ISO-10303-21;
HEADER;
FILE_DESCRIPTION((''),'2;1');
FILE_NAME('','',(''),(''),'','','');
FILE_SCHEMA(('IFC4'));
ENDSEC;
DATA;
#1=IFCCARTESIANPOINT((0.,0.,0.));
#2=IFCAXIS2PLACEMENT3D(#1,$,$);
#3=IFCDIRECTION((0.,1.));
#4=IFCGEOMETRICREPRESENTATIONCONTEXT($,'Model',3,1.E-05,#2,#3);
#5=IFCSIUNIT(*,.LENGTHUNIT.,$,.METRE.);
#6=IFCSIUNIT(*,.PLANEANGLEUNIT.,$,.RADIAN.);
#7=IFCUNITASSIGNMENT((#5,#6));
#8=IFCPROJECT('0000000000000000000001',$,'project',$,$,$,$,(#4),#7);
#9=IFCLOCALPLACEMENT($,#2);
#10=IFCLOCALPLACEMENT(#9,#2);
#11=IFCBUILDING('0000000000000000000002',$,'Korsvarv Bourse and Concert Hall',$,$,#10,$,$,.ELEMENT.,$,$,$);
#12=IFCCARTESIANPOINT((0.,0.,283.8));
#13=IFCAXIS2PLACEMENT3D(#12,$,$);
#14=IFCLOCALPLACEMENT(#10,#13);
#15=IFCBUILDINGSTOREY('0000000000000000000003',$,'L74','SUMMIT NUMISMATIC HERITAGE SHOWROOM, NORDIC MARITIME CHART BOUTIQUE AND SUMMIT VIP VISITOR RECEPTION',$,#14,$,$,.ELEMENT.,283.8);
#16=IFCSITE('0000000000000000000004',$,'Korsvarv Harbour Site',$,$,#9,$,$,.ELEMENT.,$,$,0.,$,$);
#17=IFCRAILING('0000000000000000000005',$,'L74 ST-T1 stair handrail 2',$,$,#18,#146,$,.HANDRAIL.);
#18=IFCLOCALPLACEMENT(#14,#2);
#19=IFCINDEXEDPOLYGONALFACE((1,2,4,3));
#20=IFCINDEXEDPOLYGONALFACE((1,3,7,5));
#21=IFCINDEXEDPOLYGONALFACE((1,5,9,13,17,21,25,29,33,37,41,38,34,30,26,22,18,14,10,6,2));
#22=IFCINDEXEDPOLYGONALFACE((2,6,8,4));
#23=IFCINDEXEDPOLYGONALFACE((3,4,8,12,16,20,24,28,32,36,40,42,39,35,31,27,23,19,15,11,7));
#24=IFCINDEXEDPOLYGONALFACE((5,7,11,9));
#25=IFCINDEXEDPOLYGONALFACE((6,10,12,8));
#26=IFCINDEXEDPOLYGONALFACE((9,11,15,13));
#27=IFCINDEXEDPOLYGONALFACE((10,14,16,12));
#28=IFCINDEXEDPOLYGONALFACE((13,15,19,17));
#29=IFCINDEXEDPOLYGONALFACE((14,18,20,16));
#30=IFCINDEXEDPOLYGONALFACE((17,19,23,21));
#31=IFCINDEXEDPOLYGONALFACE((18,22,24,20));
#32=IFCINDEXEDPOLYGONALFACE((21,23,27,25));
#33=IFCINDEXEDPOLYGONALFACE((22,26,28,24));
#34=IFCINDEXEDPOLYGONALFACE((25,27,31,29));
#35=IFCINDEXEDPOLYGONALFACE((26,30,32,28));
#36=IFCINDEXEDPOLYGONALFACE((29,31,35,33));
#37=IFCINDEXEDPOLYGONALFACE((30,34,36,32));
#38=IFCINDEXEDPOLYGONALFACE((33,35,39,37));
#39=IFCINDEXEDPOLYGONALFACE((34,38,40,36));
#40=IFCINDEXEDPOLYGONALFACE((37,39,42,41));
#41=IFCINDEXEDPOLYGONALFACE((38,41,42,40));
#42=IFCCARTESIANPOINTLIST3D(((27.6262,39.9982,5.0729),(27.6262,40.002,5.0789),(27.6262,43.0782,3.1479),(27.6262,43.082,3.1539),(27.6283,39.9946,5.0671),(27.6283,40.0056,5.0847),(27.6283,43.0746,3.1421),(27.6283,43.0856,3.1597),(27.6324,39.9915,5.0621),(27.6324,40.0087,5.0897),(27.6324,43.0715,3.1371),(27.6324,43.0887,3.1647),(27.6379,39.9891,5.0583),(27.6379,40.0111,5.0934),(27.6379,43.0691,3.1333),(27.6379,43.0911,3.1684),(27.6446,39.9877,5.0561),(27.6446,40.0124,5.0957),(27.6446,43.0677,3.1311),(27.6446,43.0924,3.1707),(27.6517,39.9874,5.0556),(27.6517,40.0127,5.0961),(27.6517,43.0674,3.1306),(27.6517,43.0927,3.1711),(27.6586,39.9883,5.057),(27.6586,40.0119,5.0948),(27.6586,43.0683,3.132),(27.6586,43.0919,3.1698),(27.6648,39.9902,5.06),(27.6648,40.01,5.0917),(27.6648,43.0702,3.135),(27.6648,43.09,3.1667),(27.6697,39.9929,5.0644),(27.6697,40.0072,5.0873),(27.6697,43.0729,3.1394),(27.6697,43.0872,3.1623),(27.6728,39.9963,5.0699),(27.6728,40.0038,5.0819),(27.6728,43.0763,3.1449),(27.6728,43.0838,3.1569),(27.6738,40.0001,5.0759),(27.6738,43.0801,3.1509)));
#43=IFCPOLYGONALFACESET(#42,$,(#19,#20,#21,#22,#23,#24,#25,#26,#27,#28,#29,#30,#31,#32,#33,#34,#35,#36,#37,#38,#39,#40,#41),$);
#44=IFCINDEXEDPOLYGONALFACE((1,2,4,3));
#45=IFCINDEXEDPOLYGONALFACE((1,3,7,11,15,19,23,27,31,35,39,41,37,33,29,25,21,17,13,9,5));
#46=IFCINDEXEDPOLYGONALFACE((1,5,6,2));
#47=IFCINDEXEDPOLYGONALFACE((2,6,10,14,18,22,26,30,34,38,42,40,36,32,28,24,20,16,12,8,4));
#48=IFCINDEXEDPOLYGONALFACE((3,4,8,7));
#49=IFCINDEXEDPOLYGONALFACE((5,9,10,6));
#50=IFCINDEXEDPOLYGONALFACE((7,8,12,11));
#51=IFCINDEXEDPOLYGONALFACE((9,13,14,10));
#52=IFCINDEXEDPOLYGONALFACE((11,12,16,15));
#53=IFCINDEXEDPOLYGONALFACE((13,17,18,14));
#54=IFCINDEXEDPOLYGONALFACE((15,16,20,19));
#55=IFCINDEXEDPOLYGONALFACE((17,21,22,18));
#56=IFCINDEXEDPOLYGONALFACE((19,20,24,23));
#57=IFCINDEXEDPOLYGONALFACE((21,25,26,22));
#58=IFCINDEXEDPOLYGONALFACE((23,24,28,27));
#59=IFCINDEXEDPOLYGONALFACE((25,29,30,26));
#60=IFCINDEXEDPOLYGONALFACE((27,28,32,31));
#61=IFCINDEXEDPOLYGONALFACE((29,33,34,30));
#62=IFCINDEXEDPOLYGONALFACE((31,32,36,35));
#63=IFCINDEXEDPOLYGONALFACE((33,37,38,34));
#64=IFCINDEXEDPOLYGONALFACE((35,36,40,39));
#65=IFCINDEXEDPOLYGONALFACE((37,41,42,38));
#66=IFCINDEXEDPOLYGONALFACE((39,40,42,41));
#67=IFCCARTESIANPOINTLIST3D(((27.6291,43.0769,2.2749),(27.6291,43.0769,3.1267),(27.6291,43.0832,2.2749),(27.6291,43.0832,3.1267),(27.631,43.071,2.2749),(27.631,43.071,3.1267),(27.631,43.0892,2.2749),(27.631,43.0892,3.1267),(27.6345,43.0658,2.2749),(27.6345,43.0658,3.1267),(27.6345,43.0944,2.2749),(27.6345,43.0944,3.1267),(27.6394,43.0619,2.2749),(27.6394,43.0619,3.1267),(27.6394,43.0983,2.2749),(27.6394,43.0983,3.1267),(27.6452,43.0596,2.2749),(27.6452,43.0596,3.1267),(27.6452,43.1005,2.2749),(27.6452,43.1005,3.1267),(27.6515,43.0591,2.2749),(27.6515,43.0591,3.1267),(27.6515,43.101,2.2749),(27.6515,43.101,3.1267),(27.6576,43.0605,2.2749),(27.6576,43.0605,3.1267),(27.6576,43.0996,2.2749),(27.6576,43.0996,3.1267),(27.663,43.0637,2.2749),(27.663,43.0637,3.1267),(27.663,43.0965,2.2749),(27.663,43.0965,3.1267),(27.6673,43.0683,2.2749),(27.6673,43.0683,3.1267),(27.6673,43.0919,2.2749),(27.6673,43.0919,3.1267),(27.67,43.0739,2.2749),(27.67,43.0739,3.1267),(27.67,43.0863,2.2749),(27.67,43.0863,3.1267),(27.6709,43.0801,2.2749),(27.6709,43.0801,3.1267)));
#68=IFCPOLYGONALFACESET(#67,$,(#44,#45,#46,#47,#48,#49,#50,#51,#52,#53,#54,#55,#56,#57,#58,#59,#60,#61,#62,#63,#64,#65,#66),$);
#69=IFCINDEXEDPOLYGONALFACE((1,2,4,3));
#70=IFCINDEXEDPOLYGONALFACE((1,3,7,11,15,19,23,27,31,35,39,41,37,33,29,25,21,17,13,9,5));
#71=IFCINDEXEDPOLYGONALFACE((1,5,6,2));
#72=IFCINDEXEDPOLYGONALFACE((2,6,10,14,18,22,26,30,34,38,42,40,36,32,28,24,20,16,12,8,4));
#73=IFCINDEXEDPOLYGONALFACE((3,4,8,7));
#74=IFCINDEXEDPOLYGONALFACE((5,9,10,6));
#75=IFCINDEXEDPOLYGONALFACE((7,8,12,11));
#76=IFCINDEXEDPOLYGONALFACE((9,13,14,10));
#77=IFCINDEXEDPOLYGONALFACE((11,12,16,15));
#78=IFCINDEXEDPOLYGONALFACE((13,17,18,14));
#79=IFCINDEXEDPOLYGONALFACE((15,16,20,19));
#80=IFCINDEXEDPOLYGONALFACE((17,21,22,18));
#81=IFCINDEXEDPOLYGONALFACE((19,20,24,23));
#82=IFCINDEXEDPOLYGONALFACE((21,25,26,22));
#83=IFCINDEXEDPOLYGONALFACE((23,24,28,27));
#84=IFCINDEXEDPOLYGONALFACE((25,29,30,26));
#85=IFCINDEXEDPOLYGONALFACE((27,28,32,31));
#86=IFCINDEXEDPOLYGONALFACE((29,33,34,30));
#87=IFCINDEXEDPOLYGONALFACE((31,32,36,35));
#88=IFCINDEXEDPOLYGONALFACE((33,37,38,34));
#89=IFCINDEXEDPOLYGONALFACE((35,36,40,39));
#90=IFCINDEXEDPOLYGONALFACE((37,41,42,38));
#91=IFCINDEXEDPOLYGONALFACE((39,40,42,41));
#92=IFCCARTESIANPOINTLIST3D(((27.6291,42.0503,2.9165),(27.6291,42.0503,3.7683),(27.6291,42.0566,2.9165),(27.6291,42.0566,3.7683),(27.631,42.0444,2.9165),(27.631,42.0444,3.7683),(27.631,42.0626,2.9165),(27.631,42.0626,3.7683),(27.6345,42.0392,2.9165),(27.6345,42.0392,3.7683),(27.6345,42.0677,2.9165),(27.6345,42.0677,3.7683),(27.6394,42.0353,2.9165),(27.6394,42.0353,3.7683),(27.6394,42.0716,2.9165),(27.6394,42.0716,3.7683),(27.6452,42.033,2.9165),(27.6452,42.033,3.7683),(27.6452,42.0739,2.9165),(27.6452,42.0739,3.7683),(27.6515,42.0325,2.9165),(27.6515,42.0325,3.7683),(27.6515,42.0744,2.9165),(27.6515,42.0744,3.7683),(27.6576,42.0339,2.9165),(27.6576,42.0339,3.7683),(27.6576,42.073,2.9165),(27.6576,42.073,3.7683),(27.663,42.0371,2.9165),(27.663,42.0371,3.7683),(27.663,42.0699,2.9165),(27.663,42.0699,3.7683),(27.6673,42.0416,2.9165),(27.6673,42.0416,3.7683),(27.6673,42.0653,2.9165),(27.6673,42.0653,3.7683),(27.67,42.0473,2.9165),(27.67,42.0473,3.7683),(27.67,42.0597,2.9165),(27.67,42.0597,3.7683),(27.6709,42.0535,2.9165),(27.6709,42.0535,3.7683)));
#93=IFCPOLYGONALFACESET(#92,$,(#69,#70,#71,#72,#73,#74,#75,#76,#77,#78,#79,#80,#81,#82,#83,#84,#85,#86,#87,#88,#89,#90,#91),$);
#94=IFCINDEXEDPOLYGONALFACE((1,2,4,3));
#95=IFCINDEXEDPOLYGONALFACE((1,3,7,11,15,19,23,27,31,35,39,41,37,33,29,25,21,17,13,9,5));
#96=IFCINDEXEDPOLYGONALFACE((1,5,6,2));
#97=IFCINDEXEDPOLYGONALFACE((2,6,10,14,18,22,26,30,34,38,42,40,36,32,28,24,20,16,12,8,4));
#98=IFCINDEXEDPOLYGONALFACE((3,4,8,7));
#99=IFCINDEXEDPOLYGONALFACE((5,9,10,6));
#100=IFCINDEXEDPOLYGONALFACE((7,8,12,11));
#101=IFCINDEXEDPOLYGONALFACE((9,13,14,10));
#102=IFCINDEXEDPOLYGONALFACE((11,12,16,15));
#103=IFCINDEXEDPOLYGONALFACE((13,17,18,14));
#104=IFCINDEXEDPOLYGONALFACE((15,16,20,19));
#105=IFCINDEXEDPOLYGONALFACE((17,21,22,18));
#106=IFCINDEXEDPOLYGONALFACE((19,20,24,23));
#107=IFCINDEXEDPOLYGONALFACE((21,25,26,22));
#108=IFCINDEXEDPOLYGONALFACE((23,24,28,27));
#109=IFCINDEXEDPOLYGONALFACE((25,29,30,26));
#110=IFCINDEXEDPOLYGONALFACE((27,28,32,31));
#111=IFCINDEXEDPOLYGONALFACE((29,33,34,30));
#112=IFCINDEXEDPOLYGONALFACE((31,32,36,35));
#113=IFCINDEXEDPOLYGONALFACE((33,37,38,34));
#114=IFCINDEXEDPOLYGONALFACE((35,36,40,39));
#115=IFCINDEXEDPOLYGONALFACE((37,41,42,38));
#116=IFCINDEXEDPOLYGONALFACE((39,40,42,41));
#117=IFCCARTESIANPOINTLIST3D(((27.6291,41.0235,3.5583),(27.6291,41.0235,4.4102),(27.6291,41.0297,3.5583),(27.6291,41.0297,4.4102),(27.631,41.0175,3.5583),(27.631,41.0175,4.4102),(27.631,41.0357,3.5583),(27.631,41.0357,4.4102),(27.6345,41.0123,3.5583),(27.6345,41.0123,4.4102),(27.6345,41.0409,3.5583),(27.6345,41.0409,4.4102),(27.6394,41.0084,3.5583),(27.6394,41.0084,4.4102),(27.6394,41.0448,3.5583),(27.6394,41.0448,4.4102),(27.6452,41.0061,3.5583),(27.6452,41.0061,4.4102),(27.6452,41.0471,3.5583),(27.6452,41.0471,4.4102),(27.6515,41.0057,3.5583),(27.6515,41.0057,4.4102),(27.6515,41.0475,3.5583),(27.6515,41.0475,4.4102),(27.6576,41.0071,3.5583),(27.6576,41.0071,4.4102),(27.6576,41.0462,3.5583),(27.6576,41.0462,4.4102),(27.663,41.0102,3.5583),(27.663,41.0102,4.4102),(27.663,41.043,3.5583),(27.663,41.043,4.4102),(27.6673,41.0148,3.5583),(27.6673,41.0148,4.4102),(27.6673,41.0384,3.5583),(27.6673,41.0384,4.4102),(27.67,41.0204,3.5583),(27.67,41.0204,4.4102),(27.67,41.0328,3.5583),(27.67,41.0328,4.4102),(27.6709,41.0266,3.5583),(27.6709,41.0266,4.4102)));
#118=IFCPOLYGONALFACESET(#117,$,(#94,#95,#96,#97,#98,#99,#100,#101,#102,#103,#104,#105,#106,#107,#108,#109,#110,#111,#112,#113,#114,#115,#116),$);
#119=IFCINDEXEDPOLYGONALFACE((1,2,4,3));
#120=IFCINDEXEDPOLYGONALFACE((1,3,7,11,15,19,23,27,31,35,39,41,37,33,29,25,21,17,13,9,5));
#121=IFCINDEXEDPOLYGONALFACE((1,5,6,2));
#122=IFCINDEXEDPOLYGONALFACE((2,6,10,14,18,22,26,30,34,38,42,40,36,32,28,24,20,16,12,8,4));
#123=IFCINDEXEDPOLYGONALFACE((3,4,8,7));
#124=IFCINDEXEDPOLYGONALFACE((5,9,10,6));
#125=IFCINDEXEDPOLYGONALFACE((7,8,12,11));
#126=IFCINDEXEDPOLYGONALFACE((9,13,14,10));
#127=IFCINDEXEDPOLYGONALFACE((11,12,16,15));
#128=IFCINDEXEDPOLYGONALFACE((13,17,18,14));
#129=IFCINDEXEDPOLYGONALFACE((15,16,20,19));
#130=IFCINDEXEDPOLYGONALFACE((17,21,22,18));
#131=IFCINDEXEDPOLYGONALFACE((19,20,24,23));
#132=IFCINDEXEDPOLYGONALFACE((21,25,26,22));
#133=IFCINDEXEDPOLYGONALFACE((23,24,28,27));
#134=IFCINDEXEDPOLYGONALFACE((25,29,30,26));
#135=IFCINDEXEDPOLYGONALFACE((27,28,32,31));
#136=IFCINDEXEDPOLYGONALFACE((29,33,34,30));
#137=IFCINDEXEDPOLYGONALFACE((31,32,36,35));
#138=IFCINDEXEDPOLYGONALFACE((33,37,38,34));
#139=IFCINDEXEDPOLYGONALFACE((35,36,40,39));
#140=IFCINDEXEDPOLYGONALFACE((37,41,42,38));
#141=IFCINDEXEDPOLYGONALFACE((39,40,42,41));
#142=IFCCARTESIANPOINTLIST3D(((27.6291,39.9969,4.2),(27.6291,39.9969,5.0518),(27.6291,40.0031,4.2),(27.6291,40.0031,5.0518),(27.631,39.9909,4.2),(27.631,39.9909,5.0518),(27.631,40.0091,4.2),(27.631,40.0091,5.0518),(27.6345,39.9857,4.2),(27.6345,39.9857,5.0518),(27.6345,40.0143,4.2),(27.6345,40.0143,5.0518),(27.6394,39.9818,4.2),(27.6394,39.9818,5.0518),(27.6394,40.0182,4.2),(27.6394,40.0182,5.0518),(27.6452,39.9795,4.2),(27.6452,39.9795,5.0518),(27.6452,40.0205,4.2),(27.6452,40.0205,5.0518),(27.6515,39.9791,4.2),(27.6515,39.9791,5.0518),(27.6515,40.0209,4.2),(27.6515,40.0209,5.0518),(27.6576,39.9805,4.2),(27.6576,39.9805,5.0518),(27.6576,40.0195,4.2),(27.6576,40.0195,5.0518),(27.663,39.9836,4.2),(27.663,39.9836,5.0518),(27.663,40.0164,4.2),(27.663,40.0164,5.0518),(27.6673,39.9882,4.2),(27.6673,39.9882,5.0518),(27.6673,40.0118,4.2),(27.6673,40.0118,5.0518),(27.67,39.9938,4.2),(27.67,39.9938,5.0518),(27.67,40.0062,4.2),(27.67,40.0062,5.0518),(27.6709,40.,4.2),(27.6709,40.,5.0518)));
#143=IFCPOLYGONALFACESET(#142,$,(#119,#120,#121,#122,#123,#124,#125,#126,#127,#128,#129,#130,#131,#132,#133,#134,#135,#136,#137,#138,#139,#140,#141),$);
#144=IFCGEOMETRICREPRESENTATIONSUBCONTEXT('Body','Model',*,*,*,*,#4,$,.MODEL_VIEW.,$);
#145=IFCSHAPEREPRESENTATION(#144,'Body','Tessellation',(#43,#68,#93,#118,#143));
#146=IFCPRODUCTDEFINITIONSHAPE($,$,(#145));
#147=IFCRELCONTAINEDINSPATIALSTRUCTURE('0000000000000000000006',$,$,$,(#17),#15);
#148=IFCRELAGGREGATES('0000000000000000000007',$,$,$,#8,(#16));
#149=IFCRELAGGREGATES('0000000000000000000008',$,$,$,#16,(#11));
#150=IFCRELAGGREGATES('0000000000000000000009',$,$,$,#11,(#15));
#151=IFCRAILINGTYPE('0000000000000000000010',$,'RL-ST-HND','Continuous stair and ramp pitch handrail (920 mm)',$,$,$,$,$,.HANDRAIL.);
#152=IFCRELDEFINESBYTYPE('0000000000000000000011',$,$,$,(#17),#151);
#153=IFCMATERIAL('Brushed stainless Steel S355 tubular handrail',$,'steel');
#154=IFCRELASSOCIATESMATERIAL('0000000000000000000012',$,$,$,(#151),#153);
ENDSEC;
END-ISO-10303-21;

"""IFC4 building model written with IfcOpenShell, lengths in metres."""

from ifc_helpers import new_model, si_unit, direction, frame, origin, origin_2d, place, context, subcontext, project, spatial, circle, extrude, material, type_object, element, save


model = new_model("IFC4")

# Units and contexts
model_context = context("Model", 3, precision=1e-05, world=origin(), true_north=direction((0.0, 1.0)))
body_context = subcontext(model_context, "Body", "Model", "MODEL_VIEW")
ifc_project = project(units=[si_unit("LENGTHUNIT", "METRE"), si_unit("PLANEANGLEUNIT", "RADIAN")], contexts=[model_context])

# Site, building, storey
site_placement = place(None, origin())
site = spatial("IfcSite", under=ifc_project, at=site_placement, Name="Korsvarv Harbour Site", CompositionType="ELEMENT", RefElevation=0.0)
building_placement = place(site_placement, origin())
building = spatial("IfcBuilding", under=site, at=building_placement, Name="Korsvarv Bourse and Concert Hall", CompositionType="ELEMENT")
storey_placement = place(building_placement, frame((0.0, 0.0, 283.8)))
storey = spatial("IfcBuildingStorey", under=building, at=storey_placement, Name="L74", Description="SUMMIT NUMISMATIC HERITAGE SHOWROOM, NORDIC MARITIME CHART BOUTIQUE AND SUMMIT VIP VISITOR RECEPTION", CompositionType="ELEMENT", Elevation=283.8)

# Railing
ifc_material_1 = material(Name="Brushed stainless Steel S355 tubular handrail", Category="steel")
railing_type_1 = type_object("IfcRailingType", Name="RL-ST-HND", Description="Continuous stair and ramp pitch handrail (920 mm)", PredefinedType="HANDRAIL", material=ifc_material_1)
railing_1_placement = place(storey_placement, frame((27.6499, 43.0801, 2.2749)))
element("IfcRailing", 1, at=railing_1_placement, inside=storey, type_object=railing_type_1, Name="L74 ST-T1 stair handrail 2", PredefinedType="HANDRAIL", context=body_context, shape_type="SweptSolid", body=[
    extrude(circle(Radius=0.0239, at=origin_2d()), frame((0.0, 0.0, 0.876), z_axis=(0.0, -0.847998, 0.529999), x_axis=(1.0, 0.0, 0.0)), (0.0, 0.0, 1.0), 3.6321),
    extrude(circle(Radius=0.021, at=origin_2d()), origin(), (0.0, 0.0, 1.0), 0.8518),
    extrude(circle(Radius=0.021, at=origin_2d()), frame((0.0, -1.0266, 0.6416)), (0.0, 0.0, 1.0), 0.8518),
    extrude(circle(Radius=0.021, at=origin_2d()), frame((0.0, -2.0535, 1.2834)), (0.0, 0.0, 1.0), 0.8518),
    extrude(circle(Radius=0.021, at=origin_2d()), frame((0.0, -3.0801, 1.925)), (0.0, 0.0, 1.0), 0.8518),
])

save(model, "model.ifc")
